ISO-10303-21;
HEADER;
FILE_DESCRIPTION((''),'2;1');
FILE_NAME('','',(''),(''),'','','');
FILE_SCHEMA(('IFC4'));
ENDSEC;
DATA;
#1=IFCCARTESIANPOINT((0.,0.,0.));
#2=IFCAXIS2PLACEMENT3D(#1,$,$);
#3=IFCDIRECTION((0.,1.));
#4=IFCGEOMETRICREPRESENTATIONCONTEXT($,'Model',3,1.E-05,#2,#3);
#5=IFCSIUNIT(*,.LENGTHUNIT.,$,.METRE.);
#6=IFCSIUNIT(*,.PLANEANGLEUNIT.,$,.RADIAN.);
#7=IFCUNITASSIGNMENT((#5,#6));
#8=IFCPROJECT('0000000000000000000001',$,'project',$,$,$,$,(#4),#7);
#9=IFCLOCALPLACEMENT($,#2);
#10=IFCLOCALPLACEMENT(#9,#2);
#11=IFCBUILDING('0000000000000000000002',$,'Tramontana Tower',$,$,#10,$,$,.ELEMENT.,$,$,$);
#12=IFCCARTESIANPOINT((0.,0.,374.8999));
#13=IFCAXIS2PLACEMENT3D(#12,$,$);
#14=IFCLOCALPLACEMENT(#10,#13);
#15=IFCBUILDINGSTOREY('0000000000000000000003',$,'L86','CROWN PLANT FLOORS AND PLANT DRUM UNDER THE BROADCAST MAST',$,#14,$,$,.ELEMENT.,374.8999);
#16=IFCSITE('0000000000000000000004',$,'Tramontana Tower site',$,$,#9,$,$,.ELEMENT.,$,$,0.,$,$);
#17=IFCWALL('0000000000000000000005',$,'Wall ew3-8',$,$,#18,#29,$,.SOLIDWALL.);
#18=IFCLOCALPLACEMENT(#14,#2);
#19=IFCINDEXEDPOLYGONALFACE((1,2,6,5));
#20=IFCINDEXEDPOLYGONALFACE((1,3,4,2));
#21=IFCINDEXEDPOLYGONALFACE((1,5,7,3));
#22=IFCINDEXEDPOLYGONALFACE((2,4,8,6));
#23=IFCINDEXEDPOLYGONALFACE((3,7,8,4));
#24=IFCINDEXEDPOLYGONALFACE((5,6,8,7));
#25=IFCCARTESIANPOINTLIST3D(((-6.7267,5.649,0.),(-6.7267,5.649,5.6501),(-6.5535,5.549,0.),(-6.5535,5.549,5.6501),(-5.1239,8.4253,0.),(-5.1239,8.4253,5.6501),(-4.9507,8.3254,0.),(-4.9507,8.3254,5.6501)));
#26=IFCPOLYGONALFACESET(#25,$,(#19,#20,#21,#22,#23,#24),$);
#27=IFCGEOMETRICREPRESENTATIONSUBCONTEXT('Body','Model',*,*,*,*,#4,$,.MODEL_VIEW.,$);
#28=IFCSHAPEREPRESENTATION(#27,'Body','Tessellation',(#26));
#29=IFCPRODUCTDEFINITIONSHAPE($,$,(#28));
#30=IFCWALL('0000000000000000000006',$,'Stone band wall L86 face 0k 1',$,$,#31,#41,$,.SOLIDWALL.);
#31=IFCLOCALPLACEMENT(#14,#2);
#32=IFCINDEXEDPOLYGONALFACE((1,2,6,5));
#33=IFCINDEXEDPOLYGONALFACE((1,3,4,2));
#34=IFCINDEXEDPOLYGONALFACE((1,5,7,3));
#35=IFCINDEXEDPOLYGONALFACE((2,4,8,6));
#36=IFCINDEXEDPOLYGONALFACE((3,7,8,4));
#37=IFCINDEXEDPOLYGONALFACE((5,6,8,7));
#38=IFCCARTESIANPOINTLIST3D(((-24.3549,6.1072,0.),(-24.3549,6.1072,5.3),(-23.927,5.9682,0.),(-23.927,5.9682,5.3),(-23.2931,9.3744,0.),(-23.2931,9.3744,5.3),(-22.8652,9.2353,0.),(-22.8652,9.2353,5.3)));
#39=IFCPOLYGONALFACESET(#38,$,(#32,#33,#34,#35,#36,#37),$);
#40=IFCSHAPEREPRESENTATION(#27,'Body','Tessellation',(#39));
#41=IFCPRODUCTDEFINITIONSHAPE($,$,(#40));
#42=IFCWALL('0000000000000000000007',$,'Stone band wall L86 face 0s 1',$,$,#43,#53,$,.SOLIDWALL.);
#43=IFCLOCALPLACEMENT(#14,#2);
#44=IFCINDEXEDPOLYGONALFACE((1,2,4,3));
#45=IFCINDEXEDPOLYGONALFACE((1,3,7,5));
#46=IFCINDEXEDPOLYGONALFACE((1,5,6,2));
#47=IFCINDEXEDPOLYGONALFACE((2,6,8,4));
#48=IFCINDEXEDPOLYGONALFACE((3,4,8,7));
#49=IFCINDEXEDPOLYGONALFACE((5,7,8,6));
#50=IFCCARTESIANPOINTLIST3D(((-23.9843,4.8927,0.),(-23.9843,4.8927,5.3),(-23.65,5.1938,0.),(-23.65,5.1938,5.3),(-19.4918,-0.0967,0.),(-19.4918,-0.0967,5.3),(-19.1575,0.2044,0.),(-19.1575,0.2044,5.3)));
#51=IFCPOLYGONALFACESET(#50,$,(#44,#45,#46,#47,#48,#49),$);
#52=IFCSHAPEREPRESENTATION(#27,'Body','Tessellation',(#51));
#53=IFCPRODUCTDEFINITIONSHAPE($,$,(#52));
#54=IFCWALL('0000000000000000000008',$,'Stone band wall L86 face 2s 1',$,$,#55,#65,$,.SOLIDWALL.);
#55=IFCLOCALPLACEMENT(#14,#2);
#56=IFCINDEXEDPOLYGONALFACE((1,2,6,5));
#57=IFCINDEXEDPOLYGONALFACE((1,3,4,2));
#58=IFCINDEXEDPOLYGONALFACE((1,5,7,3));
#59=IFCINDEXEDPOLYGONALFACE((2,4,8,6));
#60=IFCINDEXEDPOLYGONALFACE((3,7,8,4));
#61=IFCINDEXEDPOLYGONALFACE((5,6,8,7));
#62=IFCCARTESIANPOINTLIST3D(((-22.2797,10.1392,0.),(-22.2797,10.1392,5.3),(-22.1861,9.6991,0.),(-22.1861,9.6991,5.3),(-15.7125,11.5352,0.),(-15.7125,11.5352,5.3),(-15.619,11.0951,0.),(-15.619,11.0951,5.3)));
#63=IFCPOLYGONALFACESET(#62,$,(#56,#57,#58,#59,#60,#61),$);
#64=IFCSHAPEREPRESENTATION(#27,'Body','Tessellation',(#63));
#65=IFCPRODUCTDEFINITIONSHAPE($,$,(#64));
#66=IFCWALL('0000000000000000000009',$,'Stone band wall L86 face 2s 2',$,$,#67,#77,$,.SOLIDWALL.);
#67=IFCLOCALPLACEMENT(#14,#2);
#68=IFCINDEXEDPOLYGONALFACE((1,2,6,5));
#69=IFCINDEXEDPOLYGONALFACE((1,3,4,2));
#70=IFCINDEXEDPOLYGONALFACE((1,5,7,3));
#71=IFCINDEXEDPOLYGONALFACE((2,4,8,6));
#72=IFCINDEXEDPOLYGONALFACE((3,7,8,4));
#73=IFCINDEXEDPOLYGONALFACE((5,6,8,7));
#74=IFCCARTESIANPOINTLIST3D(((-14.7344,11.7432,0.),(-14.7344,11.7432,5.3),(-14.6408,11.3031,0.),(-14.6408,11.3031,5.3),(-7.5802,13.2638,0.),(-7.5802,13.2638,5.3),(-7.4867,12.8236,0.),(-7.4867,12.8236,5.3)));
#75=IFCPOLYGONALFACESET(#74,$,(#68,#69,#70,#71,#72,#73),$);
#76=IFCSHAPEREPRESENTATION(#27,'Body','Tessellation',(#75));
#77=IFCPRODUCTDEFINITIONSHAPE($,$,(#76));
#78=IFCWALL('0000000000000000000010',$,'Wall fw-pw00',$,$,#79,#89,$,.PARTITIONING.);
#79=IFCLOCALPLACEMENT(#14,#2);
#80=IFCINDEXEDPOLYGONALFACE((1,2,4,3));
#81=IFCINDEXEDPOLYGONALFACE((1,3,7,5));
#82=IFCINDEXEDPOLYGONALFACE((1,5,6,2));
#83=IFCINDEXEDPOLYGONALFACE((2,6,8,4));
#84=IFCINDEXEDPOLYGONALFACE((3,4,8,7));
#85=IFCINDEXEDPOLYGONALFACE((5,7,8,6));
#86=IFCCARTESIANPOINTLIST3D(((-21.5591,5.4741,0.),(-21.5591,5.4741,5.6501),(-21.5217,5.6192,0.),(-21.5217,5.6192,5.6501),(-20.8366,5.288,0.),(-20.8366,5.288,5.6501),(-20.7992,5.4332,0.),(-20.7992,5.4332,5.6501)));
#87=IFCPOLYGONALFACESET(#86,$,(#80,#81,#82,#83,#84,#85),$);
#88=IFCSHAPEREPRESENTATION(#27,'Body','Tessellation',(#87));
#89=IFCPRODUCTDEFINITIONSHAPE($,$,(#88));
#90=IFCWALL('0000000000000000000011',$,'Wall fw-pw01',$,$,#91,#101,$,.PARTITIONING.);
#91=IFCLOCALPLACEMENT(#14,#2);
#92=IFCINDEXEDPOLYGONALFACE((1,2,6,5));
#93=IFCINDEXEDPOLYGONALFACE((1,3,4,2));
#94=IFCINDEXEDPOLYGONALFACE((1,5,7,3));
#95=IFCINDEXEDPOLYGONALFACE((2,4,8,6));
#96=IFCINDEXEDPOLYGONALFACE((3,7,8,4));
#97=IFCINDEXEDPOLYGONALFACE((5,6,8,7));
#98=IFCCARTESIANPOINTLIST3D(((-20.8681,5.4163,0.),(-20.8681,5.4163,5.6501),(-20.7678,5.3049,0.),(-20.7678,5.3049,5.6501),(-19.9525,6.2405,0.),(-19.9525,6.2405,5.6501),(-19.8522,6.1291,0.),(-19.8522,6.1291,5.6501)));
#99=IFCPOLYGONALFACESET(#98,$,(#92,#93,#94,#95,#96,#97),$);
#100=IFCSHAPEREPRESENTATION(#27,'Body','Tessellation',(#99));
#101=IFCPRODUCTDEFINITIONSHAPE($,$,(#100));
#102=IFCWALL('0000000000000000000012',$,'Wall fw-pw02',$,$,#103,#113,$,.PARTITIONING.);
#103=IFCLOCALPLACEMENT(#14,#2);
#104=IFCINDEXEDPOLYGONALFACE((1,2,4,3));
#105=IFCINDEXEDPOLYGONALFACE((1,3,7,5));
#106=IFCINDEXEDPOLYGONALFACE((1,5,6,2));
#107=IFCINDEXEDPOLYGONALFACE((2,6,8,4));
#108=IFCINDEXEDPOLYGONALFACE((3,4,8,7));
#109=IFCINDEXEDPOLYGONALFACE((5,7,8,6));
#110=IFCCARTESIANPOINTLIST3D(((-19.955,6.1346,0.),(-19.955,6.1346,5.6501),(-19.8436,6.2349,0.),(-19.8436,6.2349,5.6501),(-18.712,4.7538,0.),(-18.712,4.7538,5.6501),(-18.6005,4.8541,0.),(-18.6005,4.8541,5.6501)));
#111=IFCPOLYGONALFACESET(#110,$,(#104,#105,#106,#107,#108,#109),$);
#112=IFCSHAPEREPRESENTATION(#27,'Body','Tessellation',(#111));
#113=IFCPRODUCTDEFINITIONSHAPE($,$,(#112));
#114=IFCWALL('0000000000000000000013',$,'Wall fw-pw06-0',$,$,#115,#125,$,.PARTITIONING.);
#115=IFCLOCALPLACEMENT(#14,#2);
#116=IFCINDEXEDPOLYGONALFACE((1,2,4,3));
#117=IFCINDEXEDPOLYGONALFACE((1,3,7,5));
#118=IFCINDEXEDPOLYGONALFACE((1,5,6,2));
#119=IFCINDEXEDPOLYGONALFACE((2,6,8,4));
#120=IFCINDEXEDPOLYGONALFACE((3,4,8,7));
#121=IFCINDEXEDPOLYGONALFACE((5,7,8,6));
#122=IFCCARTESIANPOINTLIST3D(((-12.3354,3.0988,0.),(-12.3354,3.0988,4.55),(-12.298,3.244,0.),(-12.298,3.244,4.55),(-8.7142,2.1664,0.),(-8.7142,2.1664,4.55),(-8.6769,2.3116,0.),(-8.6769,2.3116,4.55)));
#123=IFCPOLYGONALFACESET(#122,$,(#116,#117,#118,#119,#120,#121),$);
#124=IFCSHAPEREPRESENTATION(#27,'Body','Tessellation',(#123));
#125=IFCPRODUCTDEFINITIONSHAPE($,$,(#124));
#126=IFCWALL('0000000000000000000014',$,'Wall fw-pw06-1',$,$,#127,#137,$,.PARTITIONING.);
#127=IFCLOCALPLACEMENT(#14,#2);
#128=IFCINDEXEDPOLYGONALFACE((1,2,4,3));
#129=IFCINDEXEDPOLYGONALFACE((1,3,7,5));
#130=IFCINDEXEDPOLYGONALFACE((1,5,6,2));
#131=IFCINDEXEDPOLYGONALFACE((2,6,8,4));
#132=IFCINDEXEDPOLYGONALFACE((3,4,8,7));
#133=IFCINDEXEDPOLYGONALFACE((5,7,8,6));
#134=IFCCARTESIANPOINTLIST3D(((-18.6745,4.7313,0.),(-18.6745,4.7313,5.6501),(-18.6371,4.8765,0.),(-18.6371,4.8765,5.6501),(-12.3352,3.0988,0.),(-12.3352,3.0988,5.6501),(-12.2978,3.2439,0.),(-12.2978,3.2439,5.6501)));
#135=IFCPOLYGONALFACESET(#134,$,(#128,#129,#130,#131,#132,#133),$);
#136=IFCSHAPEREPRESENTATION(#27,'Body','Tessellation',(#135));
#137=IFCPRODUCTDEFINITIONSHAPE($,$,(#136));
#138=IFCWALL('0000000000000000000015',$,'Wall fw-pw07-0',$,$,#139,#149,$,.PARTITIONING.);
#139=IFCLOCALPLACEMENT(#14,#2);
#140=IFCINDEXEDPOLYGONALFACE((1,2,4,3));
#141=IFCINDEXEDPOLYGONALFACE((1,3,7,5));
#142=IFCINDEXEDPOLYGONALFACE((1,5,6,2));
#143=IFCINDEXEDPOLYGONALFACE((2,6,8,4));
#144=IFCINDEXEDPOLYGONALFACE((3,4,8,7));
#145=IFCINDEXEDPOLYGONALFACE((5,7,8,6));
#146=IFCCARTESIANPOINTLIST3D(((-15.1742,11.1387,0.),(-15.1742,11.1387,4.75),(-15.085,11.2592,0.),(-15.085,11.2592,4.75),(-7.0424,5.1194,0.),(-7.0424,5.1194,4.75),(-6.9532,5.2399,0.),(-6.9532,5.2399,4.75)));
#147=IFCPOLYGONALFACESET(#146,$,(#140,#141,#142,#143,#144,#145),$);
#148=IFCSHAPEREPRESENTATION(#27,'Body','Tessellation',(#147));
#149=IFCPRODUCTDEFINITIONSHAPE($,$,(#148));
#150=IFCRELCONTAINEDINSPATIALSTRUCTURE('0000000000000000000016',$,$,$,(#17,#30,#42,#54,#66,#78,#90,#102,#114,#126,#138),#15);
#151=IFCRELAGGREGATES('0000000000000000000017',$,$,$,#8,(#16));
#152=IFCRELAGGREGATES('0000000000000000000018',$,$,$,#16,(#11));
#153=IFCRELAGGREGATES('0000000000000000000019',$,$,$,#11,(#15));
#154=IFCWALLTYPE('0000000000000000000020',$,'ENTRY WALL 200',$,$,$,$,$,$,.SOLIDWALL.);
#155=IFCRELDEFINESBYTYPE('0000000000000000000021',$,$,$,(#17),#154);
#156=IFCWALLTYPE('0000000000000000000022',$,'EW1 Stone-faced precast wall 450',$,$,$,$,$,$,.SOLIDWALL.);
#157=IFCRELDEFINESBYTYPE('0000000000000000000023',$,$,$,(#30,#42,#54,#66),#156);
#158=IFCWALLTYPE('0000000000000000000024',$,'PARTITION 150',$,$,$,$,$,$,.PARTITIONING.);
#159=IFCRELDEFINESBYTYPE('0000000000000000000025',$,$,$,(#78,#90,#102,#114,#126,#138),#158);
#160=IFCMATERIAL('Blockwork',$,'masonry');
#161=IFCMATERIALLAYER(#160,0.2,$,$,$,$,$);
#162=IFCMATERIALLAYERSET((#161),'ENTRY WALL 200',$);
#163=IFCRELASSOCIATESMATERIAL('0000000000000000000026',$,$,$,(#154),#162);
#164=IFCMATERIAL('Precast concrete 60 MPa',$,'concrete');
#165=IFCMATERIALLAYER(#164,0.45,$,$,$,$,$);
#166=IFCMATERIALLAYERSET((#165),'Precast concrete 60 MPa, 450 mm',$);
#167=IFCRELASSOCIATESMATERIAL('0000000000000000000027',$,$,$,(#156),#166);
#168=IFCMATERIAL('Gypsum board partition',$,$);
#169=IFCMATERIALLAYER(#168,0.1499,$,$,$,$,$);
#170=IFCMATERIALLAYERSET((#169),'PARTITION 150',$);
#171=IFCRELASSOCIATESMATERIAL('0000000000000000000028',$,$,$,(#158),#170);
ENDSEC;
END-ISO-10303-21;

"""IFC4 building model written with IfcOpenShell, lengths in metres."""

from ifc_helpers import new_model, si_unit, direction, frame, frame_2d, origin, place, context, subcontext, project, spatial, rectangle, extrude, material, layer, layer_set, type_object, element, save


model = new_model("IFC4")

# Units and contexts
model_context = context("Model", 3, precision=1e-05, world=origin(), true_north=direction((0.0, 1.0)))
body_context = subcontext(model_context, "Body", "Model", "MODEL_VIEW")
ifc_project = project(units=[si_unit("LENGTHUNIT", "METRE"), si_unit("PLANEANGLEUNIT", "RADIAN")], contexts=[model_context])

# Site, building, storey
site_placement = place(None, origin())
site = spatial("IfcSite", under=ifc_project, at=site_placement, Name="Tramontana Tower site", CompositionType="ELEMENT", RefElevation=0.0)
building_placement = place(site_placement, origin())
building = spatial("IfcBuilding", under=site, at=building_placement, Name="Tramontana Tower", CompositionType="ELEMENT")
storey_placement = place(building_placement, frame((0.0, 0.0, 374.8999)))
storey = spatial("IfcBuildingStorey", under=building, at=storey_placement, Name="L86", Description="CROWN PLANT FLOORS AND PLANT DRUM UNDER THE BROADCAST MAST", CompositionType="ELEMENT", Elevation=374.8999)

# Shared definitions
ifc_material_1 = material(Name="Blockwork", Category="masonry")
ifc_layer_1 = layer(ifc_material_1, 0.2)
ifc_layer_set_1 = layer_set([ifc_layer_1], Name="ENTRY WALL 200")
wall_type_1 = type_object("IfcWallType", Name="ENTRY WALL 200", PredefinedType="SOLIDWALL", material=ifc_layer_set_1)

# Wall
wall_1_placement = place(storey_placement, frame((-6.6401, 5.5989, 0.0), z_axis=(0.0, 0.0, 1.0), x_axis=(0.499964, 0.866046, 0.0)))
element("IfcWall", 1, at=wall_1_placement, inside=storey, type_object=wall_type_1, Name="Wall ew3-8", PredefinedType="SOLIDWALL", context=body_context, shape_type="SweptSolid", body=[
    extrude(rectangle(XDim=3.2058, YDim=0.2, at=frame_2d((1.603, 0.0))), origin(), (0.0, 0.0, 1.0), 5.6501),
])

# Walls
ifc_material_2 = material(Name="Precast concrete 60 MPa", Category="concrete")
ifc_layer_2 = layer(ifc_material_2, 0.45)
ifc_layer_set_2 = layer_set([ifc_layer_2], Name="Precast concrete 60 MPa, 450 mm")
wall_type_2 = type_object("IfcWallType", Name="EW1 Stone-faced precast wall 450", PredefinedType="SOLIDWALL", material=ifc_layer_set_2)
wall_2_placement = place(storey_placement, frame((-23.0791, 9.3049, 0.0), z_axis=(0.0, 0.0, 1.0), x_axis=(-0.309076, -0.951037, 0.0)))
element("IfcWall", 2, at=wall_2_placement, inside=storey, type_object=wall_type_2, Name="Stone band wall L86 face 0k 1", PredefinedType="SOLIDWALL", context=body_context, shape_type="SweptSolid", body=[
    extrude(rectangle(XDim=3.4353, YDim=0.45, at=frame_2d((1.7178, 0.0))), origin(), (0.0, 0.0, 1.0), 5.3),
])
for number, where, z_axis, x_axis, name in (
    (3, (-23.8171, 5.0432, 0.0), (0.0, 0.0, 1.0), (0.669137, -0.743139, 0.0), "Stone band wall L86 face 0s 1"),
    (4, (-15.6658, 11.3152, 0.0), (0.0, 0.0, 1.0), (-0.978144, -0.207927, 0.0), "Stone band wall L86 face 2s 1"),
):
    element("IfcWall", number, at=place(storey_placement, frame(where, z_axis=z_axis, x_axis=x_axis)), inside=storey, type_object=wall_type_2, Name=name, PredefinedType="SOLIDWALL", context=body_context, shape_type="SweptSolid", body=[
        extrude(rectangle(XDim=6.7139, YDim=0.45, at=frame_2d((3.3569, 0.0))), origin(), (0.0, 0.0, 1.0), 5.3),
    ])
wall_3_placement = place(storey_placement, frame((-7.5334, 13.0437, 0.0), z_axis=(0.0, 0.0, 1.0), x_axis=(-0.978151, -0.207894, 0.0)))
element("IfcWall", 5, at=wall_3_placement, inside=storey, type_object=wall_type_2, Name="Stone band wall L86 face 2s 2", PredefinedType="SOLIDWALL", context=body_context, shape_type="SweptSolid", body=[
    extrude(rectangle(XDim=7.314, YDim=0.45, at=frame_2d((3.657, 0.0))), origin(), (0.0, 0.0, 1.0), 5.3),
])
ifc_material_3 = material(Name="Gypsum board partition")
ifc_layer_3 = layer(ifc_material_3, 0.1499)
ifc_layer_set_3 = layer_set([ifc_layer_3], Name="PARTITION 150")
wall_type_3 = type_object("IfcWallType", Name="PARTITION 150", PredefinedType="PARTITIONING", material=ifc_layer_set_3)
wall_4_placement = place(storey_placement, frame((-20.8179, 5.3606, 0.0), z_axis=(0.0, 0.0, 1.0), x_axis=(-0.968405, 0.249383, 0.0)))
element("IfcWall", 6, at=wall_4_placement, inside=storey, type_object=wall_type_3, Name="Wall fw-pw00", PredefinedType="PARTITIONING", context=body_context, shape_type="SweptSolid", body=[
    extrude(rectangle(XDim=0.7461, YDim=0.1499, at=frame_2d((0.373, 0.0))), origin(), (0.0, 0.0, 1.0), 5.6501),
])
wall_5_placement = place(storey_placement, frame((-19.9023, 6.1848, 0.0), z_axis=(0.0, 0.0, 1.0), x_axis=(-0.743196, -0.669074, 0.0)))
element("IfcWall", 7, at=wall_5_placement, inside=storey, type_object=wall_type_3, Name="Wall fw-pw01", PredefinedType="PARTITIONING", context=body_context, shape_type="SweptSolid", body=[
    extrude(rectangle(XDim=1.2319, YDim=0.1499, at=frame_2d((0.616, 0.0))), origin(), (0.0, 0.0, 1.0), 5.6501),
])
wall_6_placement = place(storey_placement, frame((-18.6562, 4.804, 0.0), z_axis=(0.0, 0.0, 1.0), x_axis=(-0.669081, 0.74319, 0.0)))
element("IfcWall", 8, at=wall_6_placement, inside=storey, type_object=wall_type_3, Name="Wall fw-pw02", PredefinedType="PARTITIONING", context=body_context, shape_type="SweptSolid", body=[
    extrude(rectangle(XDim=1.8579, YDim=0.1499, at=frame_2d((0.929, 0.0))), origin(), (0.0, 0.0, 1.0), 5.6501),
])
wall_7_placement = place(storey_placement, frame((-8.6956, 2.239, 0.0), z_axis=(0.0, 0.0, 1.0), x_axis=(-0.968413, 0.249351, 0.0)))
element("IfcWall", 9, at=wall_7_placement, inside=storey, type_object=wall_type_3, Name="Wall fw-pw06-0", PredefinedType="PARTITIONING", context=body_context, shape_type="SweptSolid", body=[
    extrude(rectangle(XDim=3.7393, YDim=0.1499, at=frame_2d((1.8696, 0.0))), origin(), (0.0, 0.0, 1.0), 4.55),
])
wall_8_placement = place(storey_placement, frame((-12.3167, 3.1714, 0.0), z_axis=(0.0, 0.0, 1.0), x_axis=(-0.968403, 0.249392, 0.0)))
element("IfcWall", 10, at=wall_8_placement, inside=storey, type_object=wall_type_3, Name="Wall fw-pw06-1", PredefinedType="PARTITIONING", context=body_context, shape_type="SweptSolid", body=[
    extrude(rectangle(XDim=6.5461, YDim=0.1499, at=frame_2d((3.2729, 0.0))), origin(), (0.0, 0.0, 1.0), 5.6501),
])
wall_9_placement = place(storey_placement, frame((-6.9978, 5.1797, 0.0), z_axis=(0.0, 0.0, 1.0), x_axis=(-0.80376, 0.594953, 0.0)))
element("IfcWall", 11, at=wall_9_placement, inside=storey, type_object=wall_type_3, Name="Wall fw-pw07-0", PredefinedType="PARTITIONING", context=body_context, shape_type="SweptSolid", body=[
    extrude(rectangle(XDim=10.1172, YDim=0.1499, at=frame_2d((5.0586, 0.0))), origin(), (0.0, 0.0, 1.0), 4.75),
])

save(model, "model.ifc")
